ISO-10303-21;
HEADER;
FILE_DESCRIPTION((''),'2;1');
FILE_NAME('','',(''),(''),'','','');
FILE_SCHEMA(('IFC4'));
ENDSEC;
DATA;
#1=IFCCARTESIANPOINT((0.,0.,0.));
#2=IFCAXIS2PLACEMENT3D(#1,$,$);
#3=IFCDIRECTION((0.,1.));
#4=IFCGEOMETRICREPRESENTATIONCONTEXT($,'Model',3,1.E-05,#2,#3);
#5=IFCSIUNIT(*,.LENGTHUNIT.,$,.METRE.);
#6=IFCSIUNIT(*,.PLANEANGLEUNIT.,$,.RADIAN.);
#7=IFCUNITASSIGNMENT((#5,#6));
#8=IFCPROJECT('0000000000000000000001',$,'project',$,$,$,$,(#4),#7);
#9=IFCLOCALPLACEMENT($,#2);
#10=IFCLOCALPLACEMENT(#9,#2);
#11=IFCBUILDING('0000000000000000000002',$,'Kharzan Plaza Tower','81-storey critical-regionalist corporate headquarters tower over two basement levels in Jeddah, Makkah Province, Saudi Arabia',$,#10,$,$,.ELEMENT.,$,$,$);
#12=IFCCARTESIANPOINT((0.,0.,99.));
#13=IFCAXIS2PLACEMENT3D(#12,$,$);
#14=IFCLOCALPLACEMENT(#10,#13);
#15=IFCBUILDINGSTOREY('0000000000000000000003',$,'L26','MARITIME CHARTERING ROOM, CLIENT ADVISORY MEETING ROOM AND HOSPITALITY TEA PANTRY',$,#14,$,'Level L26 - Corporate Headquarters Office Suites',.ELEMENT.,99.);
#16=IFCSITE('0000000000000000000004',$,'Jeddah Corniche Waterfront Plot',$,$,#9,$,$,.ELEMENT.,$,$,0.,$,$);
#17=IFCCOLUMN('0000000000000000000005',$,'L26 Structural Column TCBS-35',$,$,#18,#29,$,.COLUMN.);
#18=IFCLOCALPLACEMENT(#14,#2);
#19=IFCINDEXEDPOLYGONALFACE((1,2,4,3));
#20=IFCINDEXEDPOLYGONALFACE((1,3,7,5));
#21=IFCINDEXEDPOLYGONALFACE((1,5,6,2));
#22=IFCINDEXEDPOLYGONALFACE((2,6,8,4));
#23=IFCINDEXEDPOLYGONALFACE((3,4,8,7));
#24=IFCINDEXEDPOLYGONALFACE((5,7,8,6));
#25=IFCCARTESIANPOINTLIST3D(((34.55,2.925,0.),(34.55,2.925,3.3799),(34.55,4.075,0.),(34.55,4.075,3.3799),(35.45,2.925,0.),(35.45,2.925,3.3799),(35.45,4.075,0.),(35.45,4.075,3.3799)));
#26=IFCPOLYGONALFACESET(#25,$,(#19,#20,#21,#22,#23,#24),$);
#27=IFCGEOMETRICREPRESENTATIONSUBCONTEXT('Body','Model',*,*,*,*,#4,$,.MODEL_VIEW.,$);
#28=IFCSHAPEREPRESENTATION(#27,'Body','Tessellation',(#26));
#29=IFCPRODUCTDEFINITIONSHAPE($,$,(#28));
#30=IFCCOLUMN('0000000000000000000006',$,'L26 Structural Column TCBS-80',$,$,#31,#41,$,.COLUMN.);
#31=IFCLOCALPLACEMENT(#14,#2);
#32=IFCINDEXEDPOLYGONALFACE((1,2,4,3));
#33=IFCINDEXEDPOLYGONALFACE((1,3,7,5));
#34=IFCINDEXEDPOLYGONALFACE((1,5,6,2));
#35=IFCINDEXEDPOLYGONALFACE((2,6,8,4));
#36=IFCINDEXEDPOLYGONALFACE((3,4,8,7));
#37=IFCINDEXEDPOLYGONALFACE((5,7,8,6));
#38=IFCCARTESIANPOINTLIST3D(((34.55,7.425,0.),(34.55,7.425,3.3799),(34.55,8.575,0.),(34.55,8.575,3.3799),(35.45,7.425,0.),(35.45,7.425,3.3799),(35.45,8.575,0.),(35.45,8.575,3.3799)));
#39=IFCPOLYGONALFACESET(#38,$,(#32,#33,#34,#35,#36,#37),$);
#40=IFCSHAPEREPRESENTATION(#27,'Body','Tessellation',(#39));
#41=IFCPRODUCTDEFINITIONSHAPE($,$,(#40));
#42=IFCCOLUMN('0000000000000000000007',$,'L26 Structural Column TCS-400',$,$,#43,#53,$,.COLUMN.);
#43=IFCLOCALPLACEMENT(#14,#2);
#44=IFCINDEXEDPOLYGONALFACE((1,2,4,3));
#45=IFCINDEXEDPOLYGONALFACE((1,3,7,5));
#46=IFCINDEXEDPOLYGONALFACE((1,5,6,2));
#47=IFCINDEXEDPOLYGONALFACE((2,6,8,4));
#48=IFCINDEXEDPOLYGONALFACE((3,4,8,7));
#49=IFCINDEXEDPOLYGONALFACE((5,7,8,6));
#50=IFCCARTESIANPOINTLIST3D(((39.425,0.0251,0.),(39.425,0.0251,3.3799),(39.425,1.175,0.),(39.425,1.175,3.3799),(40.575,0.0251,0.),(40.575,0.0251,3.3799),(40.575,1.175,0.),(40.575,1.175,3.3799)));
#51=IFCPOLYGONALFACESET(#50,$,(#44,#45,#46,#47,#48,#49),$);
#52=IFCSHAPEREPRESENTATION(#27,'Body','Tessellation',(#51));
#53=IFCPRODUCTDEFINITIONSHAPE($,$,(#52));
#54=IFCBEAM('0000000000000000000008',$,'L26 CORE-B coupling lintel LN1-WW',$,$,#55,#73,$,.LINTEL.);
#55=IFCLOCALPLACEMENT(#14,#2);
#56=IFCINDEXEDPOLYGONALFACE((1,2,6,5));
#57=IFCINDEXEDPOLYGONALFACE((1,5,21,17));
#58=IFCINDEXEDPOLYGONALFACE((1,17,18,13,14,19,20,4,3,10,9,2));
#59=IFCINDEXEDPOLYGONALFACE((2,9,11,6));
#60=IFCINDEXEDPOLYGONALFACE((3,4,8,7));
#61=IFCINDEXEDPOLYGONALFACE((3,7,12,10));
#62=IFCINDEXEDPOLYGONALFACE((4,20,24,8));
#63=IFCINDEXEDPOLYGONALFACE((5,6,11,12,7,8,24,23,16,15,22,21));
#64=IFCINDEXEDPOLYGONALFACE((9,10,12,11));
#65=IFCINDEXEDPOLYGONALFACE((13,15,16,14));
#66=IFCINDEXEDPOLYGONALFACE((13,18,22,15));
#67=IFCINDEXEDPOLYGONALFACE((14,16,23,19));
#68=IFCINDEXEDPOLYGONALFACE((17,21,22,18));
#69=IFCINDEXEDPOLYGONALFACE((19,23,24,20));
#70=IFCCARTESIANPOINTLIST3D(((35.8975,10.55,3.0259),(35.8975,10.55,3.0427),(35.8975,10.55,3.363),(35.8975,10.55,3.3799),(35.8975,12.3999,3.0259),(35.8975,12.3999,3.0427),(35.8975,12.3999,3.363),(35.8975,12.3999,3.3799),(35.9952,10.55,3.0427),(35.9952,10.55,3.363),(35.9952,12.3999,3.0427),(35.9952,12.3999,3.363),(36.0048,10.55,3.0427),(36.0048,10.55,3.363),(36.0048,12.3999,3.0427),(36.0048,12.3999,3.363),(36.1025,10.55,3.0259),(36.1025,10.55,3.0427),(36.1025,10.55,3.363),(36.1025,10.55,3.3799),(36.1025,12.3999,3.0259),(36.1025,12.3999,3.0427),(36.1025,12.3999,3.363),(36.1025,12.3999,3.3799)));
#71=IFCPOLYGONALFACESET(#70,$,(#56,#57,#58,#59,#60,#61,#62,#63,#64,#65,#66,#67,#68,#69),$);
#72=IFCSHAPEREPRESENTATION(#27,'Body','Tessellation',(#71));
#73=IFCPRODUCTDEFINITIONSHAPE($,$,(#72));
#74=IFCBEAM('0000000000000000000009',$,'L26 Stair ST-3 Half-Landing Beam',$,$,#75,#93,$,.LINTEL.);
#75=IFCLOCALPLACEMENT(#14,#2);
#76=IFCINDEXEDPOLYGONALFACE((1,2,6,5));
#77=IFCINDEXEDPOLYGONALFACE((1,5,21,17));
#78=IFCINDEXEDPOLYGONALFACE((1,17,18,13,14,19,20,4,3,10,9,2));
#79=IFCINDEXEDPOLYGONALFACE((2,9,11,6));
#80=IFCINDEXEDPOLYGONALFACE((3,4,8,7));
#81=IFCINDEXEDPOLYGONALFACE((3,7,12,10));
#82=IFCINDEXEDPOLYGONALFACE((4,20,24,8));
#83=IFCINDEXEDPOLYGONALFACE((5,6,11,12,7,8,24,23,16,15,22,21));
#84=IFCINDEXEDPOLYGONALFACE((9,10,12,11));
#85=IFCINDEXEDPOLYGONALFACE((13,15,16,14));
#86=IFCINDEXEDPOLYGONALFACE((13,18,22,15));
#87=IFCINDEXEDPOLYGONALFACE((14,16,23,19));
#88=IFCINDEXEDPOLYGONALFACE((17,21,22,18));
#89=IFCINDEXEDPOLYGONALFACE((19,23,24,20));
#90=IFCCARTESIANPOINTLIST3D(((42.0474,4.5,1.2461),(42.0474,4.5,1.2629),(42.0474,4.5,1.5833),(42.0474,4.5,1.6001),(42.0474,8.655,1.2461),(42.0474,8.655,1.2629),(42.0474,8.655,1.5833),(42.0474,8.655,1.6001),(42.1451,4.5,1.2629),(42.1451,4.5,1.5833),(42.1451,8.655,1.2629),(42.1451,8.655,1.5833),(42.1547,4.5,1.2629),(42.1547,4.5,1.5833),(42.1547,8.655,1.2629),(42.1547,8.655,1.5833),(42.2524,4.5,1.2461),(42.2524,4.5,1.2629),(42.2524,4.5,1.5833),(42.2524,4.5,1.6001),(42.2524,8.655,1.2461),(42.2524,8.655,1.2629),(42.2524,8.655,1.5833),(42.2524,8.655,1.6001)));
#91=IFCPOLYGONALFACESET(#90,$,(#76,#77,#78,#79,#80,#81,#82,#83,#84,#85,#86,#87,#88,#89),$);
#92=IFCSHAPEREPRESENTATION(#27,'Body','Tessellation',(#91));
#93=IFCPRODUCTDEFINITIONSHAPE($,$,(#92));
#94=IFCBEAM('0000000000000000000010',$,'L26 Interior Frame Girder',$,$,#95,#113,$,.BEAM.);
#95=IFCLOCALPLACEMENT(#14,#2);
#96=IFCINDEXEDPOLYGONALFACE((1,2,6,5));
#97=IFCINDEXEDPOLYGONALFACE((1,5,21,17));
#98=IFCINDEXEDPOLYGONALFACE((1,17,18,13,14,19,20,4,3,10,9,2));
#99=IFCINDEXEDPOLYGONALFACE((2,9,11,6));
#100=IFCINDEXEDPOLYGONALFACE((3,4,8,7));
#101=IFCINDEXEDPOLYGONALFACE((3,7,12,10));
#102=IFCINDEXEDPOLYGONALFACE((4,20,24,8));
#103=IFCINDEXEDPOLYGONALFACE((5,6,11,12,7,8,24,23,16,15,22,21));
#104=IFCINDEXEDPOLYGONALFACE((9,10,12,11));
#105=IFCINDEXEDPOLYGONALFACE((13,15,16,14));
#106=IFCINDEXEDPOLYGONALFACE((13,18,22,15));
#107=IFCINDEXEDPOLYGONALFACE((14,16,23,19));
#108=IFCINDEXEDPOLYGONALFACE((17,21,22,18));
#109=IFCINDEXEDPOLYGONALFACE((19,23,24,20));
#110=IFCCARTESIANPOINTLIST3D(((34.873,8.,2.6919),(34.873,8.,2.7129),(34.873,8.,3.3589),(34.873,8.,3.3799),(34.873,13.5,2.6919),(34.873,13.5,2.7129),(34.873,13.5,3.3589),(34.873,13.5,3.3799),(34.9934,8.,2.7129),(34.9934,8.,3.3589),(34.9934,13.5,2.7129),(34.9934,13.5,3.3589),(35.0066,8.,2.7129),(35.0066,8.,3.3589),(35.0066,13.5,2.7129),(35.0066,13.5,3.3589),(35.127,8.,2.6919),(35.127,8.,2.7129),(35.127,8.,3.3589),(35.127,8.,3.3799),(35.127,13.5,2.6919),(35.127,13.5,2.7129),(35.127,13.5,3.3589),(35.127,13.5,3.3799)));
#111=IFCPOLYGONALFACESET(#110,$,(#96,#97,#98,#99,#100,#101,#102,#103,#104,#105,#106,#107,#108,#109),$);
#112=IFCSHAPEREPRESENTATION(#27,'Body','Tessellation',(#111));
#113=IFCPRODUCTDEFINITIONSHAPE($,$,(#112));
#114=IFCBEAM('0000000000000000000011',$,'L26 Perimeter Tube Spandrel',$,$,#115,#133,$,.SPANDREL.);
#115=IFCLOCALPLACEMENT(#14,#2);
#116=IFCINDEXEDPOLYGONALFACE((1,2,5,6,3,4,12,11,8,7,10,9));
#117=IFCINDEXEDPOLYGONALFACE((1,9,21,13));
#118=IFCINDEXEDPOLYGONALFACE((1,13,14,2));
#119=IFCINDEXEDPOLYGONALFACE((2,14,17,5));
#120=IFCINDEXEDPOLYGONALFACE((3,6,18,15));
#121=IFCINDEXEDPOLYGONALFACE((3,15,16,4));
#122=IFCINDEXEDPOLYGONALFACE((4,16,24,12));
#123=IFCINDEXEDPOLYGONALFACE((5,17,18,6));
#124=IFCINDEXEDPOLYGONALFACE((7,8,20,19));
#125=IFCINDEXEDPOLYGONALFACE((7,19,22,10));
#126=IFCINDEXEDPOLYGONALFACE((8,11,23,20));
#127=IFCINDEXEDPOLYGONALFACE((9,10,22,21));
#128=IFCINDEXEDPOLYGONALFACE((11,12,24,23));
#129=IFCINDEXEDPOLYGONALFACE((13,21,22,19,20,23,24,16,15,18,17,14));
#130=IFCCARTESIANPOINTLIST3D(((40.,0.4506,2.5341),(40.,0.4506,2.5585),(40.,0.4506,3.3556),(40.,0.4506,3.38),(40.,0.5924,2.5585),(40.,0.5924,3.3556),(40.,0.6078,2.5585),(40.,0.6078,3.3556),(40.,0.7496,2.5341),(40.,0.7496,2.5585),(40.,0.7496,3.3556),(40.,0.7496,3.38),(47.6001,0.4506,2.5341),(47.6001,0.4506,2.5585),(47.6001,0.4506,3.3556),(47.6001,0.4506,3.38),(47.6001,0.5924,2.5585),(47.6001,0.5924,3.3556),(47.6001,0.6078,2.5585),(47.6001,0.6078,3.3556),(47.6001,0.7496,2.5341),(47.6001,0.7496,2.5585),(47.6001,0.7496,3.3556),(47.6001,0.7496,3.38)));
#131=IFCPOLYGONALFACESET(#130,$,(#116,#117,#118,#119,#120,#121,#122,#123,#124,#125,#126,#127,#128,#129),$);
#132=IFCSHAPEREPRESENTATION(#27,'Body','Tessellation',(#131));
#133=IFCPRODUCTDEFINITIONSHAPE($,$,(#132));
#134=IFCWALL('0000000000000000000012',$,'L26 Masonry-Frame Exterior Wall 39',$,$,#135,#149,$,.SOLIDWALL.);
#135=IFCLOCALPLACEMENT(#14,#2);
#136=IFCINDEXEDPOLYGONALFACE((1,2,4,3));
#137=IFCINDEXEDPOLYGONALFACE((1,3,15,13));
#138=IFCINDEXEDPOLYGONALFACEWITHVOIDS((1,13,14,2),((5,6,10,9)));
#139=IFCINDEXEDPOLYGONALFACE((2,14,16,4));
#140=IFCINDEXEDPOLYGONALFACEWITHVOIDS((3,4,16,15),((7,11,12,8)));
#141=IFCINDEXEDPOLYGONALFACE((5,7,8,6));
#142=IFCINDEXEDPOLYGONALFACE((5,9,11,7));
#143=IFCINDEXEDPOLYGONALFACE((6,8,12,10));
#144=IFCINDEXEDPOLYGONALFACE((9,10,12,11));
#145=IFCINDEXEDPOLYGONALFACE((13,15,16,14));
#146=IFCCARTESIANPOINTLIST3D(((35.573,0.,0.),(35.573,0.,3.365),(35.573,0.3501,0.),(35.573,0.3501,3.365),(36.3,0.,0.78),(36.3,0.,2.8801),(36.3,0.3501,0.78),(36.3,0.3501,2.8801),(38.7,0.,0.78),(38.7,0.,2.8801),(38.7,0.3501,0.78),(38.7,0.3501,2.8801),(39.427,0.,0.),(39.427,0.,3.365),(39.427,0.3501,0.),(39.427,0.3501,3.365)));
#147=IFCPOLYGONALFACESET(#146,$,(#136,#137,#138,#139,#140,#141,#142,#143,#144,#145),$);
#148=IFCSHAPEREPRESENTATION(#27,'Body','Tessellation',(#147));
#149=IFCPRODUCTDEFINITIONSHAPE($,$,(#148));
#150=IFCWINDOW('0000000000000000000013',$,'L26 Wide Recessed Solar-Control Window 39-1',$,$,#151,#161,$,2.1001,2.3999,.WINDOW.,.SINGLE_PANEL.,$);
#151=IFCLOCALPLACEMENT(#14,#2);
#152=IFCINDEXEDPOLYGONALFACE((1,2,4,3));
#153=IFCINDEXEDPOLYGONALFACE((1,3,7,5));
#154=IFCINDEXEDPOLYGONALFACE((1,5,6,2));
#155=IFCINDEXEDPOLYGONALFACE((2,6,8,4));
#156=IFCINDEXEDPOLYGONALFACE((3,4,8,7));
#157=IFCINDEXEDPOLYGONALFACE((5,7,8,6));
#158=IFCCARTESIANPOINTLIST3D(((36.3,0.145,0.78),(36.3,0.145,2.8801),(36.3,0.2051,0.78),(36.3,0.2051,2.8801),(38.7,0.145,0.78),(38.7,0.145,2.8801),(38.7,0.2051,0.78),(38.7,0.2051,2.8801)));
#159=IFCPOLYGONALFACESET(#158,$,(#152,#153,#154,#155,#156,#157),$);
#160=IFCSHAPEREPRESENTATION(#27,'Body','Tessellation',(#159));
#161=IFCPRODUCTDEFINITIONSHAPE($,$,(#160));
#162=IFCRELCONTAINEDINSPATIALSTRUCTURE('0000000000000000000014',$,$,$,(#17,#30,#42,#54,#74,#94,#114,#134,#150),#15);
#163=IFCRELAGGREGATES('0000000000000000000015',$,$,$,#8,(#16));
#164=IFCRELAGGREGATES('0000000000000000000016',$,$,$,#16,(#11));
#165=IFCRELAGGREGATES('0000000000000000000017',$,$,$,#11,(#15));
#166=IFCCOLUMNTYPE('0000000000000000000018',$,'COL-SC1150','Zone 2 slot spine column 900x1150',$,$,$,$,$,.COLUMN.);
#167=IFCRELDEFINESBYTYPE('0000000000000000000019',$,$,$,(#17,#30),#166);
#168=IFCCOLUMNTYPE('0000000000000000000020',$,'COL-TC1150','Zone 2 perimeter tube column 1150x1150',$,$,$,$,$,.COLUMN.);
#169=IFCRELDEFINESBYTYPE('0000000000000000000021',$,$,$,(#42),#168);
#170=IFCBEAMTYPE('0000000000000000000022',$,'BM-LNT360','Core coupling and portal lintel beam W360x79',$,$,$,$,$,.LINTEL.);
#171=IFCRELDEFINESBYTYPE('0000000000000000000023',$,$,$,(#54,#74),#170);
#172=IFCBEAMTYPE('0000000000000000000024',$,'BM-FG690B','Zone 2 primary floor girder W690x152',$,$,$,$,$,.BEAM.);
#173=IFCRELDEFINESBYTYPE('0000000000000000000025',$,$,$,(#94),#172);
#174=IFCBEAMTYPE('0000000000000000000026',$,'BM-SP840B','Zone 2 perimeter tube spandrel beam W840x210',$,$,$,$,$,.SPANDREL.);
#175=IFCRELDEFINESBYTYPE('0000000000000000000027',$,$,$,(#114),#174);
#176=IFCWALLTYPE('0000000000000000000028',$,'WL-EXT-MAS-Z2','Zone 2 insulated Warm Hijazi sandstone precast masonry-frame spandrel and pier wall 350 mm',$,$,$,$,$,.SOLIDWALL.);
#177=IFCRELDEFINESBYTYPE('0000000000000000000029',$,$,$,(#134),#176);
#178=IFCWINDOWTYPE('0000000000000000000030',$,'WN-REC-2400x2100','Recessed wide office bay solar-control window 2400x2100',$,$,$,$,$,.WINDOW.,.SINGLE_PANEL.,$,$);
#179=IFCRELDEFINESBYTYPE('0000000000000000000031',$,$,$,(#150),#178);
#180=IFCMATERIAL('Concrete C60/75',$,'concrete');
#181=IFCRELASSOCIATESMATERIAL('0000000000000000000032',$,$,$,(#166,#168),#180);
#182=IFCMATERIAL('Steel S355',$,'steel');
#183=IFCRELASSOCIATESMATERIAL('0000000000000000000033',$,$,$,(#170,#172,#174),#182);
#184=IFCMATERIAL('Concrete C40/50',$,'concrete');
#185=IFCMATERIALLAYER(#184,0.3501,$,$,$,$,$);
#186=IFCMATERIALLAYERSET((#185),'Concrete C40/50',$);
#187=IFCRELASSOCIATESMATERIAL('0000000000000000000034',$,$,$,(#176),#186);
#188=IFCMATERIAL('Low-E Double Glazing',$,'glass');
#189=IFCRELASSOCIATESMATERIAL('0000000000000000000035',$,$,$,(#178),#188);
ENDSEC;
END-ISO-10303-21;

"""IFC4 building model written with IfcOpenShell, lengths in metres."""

from ifc_helpers import new_model, si_unit, direction, frame, frame_2d, origin, origin_2d, place, context, subcontext, project, spatial, rectangle, i_section, extrude, source, transform, mapped, material, layer, layer_set, material_profile, profile_set, type_object, element, fill, save


model = new_model("IFC4")

# Units and contexts
model_context = context("Model", 3, precision=1e-05, world=origin(), true_north=direction((0.0, 1.0)))
body_context = subcontext(model_context, "Body", "Model", "MODEL_VIEW")
ifc_project = project(units=[si_unit("LENGTHUNIT", "METRE"), si_unit("PLANEANGLEUNIT", "RADIAN")], contexts=[model_context])

# Site, building, storey
site_placement = place(None, origin())
site = spatial("IfcSite", under=ifc_project, at=site_placement, Name="Jeddah Corniche Waterfront Plot", CompositionType="ELEMENT", RefElevation=0.0)
building_placement = place(site_placement, origin())
building = spatial("IfcBuilding", under=site, at=building_placement, Name="Kharzan Plaza Tower", Description="81-storey critical-regionalist corporate headquarters tower over two basement levels in Jeddah, Makkah Province, Saudi Arabia", CompositionType="ELEMENT")
storey_placement = place(building_placement, frame((0.0, 0.0, 99.0)))
storey = spatial("IfcBuildingStorey", under=building, at=storey_placement, Name="L26", Description="MARITIME CHARTERING ROOM, CLIENT ADVISORY MEETING ROOM AND HOSPITALITY TEA PANTRY", LongName="Level L26 - Corporate Headquarters Office Suites", CompositionType="ELEMENT", Elevation=99.0)

# Columns
ifc_material_1 = material(Name="Concrete C60/75", Category="concrete")
ifc_material_profile_1 = material_profile(ifc_material_1, rectangle(XDim=0.8999, YDim=1.1499, at=origin_2d()), Name="RC-SC1150x900")
ifc_profile_set_1 = profile_set([ifc_material_profile_1], Name="Concrete C60/75")
column_type_1 = type_object("IfcColumnType", Name="COL-SC1150", Description="Zone 2 slot spine column 900x1150", PredefinedType="COLUMN", material=ifc_profile_set_1)
shared_shape_1 = source(origin(), body_context, "Body", "SweptSolid", [
    extrude(rectangle(XDim=0.8999, YDim=1.1499, at=origin_2d()), origin(), (0.0, 0.0, 1.0), 3.3799),
])
for number, where, z_axis, x_axis, name in (
    (1, (35.0, 3.5, 0.0), (0.0, 0.0, 1.0), (1.0, 0.0, 0.0), "L26 Structural Column TCBS-35"),
    (2, (35.0, 8.0, 0.0), (0.0, 0.0, 1.0), (1.0, 0.0, 0.0), "L26 Structural Column TCBS-80"),
):
    element("IfcColumn", number, at=place(storey_placement, frame(where, z_axis=z_axis, x_axis=x_axis)), inside=storey, type_object=column_type_1, Name=name, PredefinedType="COLUMN", context=body_context, shape_type="MappedRepresentation", body=[
        mapped(shared_shape_1, transform((0.0, 0.0, 0.0), x_axis=(1.0, 0.0, 0.0), y_axis=(0.0, 1.0, 0.0), z_axis=(0.0, 0.0, 1.0))),
    ])
ifc_material_profile_2 = material_profile(ifc_material_1, rectangle(XDim=1.1499, YDim=1.1499, at=origin_2d()), Name="RC-TC1150x1150")
ifc_profile_set_2 = profile_set([ifc_material_profile_2], Name="Concrete C60/75")
column_type_2 = type_object("IfcColumnType", Name="COL-TC1150", Description="Zone 2 perimeter tube column 1150x1150", PredefinedType="COLUMN", material=ifc_profile_set_2)
shared_shape_2 = source(origin(), body_context, "Body", "SweptSolid", [
    extrude(rectangle(XDim=1.1499, YDim=1.1499, at=origin_2d()), origin(), (0.0, 0.0, 1.0), 3.3799),
])
column_placement = place(storey_placement, frame((40.0, 0.6001, 0.0), z_axis=(0.0, 0.0, 1.0), x_axis=(1.0, 0.0, 0.0)))
element("IfcColumn", 3, at=column_placement, inside=storey, type_object=column_type_2, Name="L26 Structural Column TCS-400", PredefinedType="COLUMN", context=body_context, shape_type="MappedRepresentation", body=[
    mapped(shared_shape_2, transform((0.0, 0.0, 0.0), x_axis=(1.0, 0.0, 0.0), y_axis=(0.0, 1.0, 0.0), z_axis=(0.0, 0.0, 1.0))),
])

# Beams
ifc_material_2 = material(Name="Steel S355", Category="steel")
ifc_material_profile_3 = material_profile(ifc_material_2, i_section(OverallWidth=0.2051, OverallDepth=0.354, WebThickness=0.0095, FlangeThickness=0.0168, at=origin_2d()), Name="W360x79")
ifc_profile_set_3 = profile_set([ifc_material_profile_3], Name="Steel S355")
beam_type_1 = type_object("IfcBeamType", Name="BM-LNT360", Description="Core coupling and portal lintel beam W360x79", PredefinedType="LINTEL", material=ifc_profile_set_3)
shared_shape_3 = source(origin(), body_context, "Body", "SweptSolid", [
    extrude(i_section(OverallWidth=0.2051, OverallDepth=0.354, WebThickness=0.0095, FlangeThickness=0.0168, at=origin_2d()), origin(), (0.0, 0.0, 1.0), 1.8499),
])
beam_1_placement = place(storey_placement, frame((36.0, 10.55, 3.2029), z_axis=(0.0, 1.0, 0.0), x_axis=(-1.0, 0.0, 0.0)))
element("IfcBeam", 4, at=beam_1_placement, inside=storey, type_object=beam_type_1, Name="L26 CORE-B coupling lintel LN1-WW", PredefinedType="LINTEL", context=body_context, shape_type="MappedRepresentation", body=[
    mapped(shared_shape_3, transform((0.0, 0.0, 0.0), x_axis=(1.0, 0.0, 0.0), y_axis=(0.0, 1.0, 0.0), z_axis=(0.0, 0.0, 1.0))),
])
shared_shape_4 = source(origin(), body_context, "Body", "SweptSolid", [
    extrude(i_section(OverallWidth=0.2051, OverallDepth=0.354, WebThickness=0.0095, FlangeThickness=0.0168, at=origin_2d()), origin(), (0.0, 0.0, 1.0), 4.155),
])
beam_2_placement = place(storey_placement, frame((42.1499, 4.5, 1.4231), z_axis=(0.0, 1.0, 0.0), x_axis=(-1.0, 0.0, 0.0)))
element("IfcBeam", 5, at=beam_2_placement, inside=storey, type_object=beam_type_1, Name="L26 Stair ST-3 Half-Landing Beam", PredefinedType="LINTEL", context=body_context, shape_type="MappedRepresentation", body=[
    mapped(shared_shape_4, transform((0.0, 0.0, 0.0), x_axis=(1.0, 0.0, 0.0), y_axis=(0.0, 1.0, 0.0), z_axis=(0.0, 0.0, 1.0))),
])
ifc_material_profile_4 = material_profile(ifc_material_2, i_section(OverallWidth=0.2539, OverallDepth=0.688, WebThickness=0.0132, FlangeThickness=0.021, at=origin_2d()), Name="W690x152")
ifc_profile_set_4 = profile_set([ifc_material_profile_4], Name="Steel S355")
beam_type_2 = type_object("IfcBeamType", Name="BM-FG690B", Description="Zone 2 primary floor girder W690x152", PredefinedType="BEAM", material=ifc_profile_set_4)
shared_shape_5 = source(origin(), body_context, "Body", "SweptSolid", [
    extrude(i_section(OverallWidth=0.2539, OverallDepth=0.688, WebThickness=0.0132, FlangeThickness=0.021, at=origin_2d()), origin(), (0.0, 0.0, 1.0), 5.5),
])
beam_3_placement = place(storey_placement, frame((35.0, 8.0, 3.0359), z_axis=(0.0, 1.0, 0.0), x_axis=(-1.0, 0.0, 0.0)))
element("IfcBeam", 6, at=beam_3_placement, inside=storey, type_object=beam_type_2, Name="L26 Interior Frame Girder", PredefinedType="BEAM", context=body_context, shape_type="MappedRepresentation", body=[
    mapped(shared_shape_5, transform((0.0, 0.0, 0.0), x_axis=(1.0, 0.0, 0.0), y_axis=(0.0, 1.0, 0.0), z_axis=(0.0, 0.0, 1.0))),
])
ifc_material_profile_5 = material_profile(ifc_material_2, i_section(OverallWidth=0.2991, OverallDepth=0.8459, WebThickness=0.0154, FlangeThickness=0.0244, at=origin_2d()), Name="W840x210")
ifc_profile_set_5 = profile_set([ifc_material_profile_5], Name="Steel S355")
beam_type_3 = type_object("IfcBeamType", Name="BM-SP840B", Description="Zone 2 perimeter tube spandrel beam W840x210", PredefinedType="SPANDREL", material=ifc_profile_set_5)
shared_shape_6 = source(origin(), body_context, "Body", "SweptSolid", [
    extrude(i_section(OverallWidth=0.2991, OverallDepth=0.8459, WebThickness=0.0154, FlangeThickness=0.0244, at=origin_2d()), origin(), (0.0, 0.0, 1.0), 7.6001),
])
beam_4_placement = place(storey_placement, frame((40.0, 0.6001, 2.957), z_axis=(1.0, 0.0, 0.0), x_axis=(0.0, 1.0, 0.0)))
element("IfcBeam", 7, at=beam_4_placement, inside=storey, type_object=beam_type_3, Name="L26 Perimeter Tube Spandrel", PredefinedType="SPANDREL", context=body_context, shape_type="MappedRepresentation", body=[
    mapped(shared_shape_6, transform((0.0, 0.0, 0.0), x_axis=(1.0, 0.0, 0.0), y_axis=(0.0, 1.0, 0.0), z_axis=(0.0, 0.0, 1.0))),
])

# Wall, opening, window
ifc_material_3 = material(Name="Concrete C40/50", Category="concrete")
ifc_layer_1 = layer(ifc_material_3, 0.3501)
ifc_layer_set_1 = layer_set([ifc_layer_1], Name="Concrete C40/50")
wall_type_1 = type_object("IfcWallType", Name="WL-EXT-MAS-Z2", Description="Zone 2 insulated Warm Hijazi sandstone precast masonry-frame spandrel and pier wall 350 mm", PredefinedType="SOLIDWALL", material=ifc_layer_set_1)
wall_1_placement = place(storey_placement, frame((35.573, 0.175, 0.0), z_axis=(0.0, 0.0, 1.0), x_axis=(1.0, 0.0, 0.0)))
wall_1 = element("IfcWall", 8, at=wall_1_placement, inside=storey, type_object=wall_type_1, Name="L26 Masonry-Frame Exterior Wall 39", PredefinedType="SOLIDWALL", context=body_context, shape_type="SweptSolid", body=[
    extrude(rectangle(XDim=3.854, YDim=0.3501, at=frame_2d((1.927, 0.0))), origin(), (0.0, 0.0, 1.0), 3.365),
])
opening_1_placement = place(wall_1_placement, frame((0.7271, 0.0, 0.78)))
opening_1 = element("IfcOpeningElement", 9, at=opening_1_placement, cuts=wall_1, PredefinedType="OPENING", context=body_context, shape_type="SweptSolid", body=[
    extrude(rectangle(XDim=2.3999, YDim=2.1001, at=frame_2d((1.2, 1.05))), frame((0.0, 0.1851, 0.0), z_axis=(0.0, -1.0, 0.0), x_axis=(1.0, 0.0, 0.0)), (0.0, 0.0, 1.0), 0.3701),
])
ifc_material_4 = material(Name="Low-E Double Glazing", Category="glass")
window_type_1 = type_object("IfcWindowType", Name="WN-REC-2400x2100", Description="Recessed wide office bay solar-control window 2400x2100", PartitioningType="SINGLE_PANEL", PredefinedType="WINDOW", material=ifc_material_4)
shared_shape_7 = source(origin(), body_context, "Body", "SweptSolid", [
    extrude(rectangle(XDim=2.3999, YDim=2.1001, at=frame_2d((1.2, 1.05))), frame((0.0, 0.03, 0.0), z_axis=(0.0, -1.0, 0.0), x_axis=(1.0, 0.0, 0.0)), (0.0, 0.0, 1.0), 0.0601),
])
window_1_placement = place(opening_1_placement, origin())
window_1 = element("IfcWindow", 10, at=window_1_placement, inside=storey, type_object=window_type_1, Name="L26 Wide Recessed Solar-Control Window 39-1", OverallHeight=2.1001, OverallWidth=2.3999, PartitioningType="SINGLE_PANEL", PredefinedType="WINDOW", context=body_context, shape_type="MappedRepresentation", body=[
    mapped(shared_shape_7, transform((0.0, 0.0, 0.0), x_axis=(1.0, 0.0, 0.0), y_axis=(0.0, 1.0, 0.0), z_axis=(0.0, 0.0, 1.0))),
])
fill(opening_1, window_1)

save(model, "model.ifc")
